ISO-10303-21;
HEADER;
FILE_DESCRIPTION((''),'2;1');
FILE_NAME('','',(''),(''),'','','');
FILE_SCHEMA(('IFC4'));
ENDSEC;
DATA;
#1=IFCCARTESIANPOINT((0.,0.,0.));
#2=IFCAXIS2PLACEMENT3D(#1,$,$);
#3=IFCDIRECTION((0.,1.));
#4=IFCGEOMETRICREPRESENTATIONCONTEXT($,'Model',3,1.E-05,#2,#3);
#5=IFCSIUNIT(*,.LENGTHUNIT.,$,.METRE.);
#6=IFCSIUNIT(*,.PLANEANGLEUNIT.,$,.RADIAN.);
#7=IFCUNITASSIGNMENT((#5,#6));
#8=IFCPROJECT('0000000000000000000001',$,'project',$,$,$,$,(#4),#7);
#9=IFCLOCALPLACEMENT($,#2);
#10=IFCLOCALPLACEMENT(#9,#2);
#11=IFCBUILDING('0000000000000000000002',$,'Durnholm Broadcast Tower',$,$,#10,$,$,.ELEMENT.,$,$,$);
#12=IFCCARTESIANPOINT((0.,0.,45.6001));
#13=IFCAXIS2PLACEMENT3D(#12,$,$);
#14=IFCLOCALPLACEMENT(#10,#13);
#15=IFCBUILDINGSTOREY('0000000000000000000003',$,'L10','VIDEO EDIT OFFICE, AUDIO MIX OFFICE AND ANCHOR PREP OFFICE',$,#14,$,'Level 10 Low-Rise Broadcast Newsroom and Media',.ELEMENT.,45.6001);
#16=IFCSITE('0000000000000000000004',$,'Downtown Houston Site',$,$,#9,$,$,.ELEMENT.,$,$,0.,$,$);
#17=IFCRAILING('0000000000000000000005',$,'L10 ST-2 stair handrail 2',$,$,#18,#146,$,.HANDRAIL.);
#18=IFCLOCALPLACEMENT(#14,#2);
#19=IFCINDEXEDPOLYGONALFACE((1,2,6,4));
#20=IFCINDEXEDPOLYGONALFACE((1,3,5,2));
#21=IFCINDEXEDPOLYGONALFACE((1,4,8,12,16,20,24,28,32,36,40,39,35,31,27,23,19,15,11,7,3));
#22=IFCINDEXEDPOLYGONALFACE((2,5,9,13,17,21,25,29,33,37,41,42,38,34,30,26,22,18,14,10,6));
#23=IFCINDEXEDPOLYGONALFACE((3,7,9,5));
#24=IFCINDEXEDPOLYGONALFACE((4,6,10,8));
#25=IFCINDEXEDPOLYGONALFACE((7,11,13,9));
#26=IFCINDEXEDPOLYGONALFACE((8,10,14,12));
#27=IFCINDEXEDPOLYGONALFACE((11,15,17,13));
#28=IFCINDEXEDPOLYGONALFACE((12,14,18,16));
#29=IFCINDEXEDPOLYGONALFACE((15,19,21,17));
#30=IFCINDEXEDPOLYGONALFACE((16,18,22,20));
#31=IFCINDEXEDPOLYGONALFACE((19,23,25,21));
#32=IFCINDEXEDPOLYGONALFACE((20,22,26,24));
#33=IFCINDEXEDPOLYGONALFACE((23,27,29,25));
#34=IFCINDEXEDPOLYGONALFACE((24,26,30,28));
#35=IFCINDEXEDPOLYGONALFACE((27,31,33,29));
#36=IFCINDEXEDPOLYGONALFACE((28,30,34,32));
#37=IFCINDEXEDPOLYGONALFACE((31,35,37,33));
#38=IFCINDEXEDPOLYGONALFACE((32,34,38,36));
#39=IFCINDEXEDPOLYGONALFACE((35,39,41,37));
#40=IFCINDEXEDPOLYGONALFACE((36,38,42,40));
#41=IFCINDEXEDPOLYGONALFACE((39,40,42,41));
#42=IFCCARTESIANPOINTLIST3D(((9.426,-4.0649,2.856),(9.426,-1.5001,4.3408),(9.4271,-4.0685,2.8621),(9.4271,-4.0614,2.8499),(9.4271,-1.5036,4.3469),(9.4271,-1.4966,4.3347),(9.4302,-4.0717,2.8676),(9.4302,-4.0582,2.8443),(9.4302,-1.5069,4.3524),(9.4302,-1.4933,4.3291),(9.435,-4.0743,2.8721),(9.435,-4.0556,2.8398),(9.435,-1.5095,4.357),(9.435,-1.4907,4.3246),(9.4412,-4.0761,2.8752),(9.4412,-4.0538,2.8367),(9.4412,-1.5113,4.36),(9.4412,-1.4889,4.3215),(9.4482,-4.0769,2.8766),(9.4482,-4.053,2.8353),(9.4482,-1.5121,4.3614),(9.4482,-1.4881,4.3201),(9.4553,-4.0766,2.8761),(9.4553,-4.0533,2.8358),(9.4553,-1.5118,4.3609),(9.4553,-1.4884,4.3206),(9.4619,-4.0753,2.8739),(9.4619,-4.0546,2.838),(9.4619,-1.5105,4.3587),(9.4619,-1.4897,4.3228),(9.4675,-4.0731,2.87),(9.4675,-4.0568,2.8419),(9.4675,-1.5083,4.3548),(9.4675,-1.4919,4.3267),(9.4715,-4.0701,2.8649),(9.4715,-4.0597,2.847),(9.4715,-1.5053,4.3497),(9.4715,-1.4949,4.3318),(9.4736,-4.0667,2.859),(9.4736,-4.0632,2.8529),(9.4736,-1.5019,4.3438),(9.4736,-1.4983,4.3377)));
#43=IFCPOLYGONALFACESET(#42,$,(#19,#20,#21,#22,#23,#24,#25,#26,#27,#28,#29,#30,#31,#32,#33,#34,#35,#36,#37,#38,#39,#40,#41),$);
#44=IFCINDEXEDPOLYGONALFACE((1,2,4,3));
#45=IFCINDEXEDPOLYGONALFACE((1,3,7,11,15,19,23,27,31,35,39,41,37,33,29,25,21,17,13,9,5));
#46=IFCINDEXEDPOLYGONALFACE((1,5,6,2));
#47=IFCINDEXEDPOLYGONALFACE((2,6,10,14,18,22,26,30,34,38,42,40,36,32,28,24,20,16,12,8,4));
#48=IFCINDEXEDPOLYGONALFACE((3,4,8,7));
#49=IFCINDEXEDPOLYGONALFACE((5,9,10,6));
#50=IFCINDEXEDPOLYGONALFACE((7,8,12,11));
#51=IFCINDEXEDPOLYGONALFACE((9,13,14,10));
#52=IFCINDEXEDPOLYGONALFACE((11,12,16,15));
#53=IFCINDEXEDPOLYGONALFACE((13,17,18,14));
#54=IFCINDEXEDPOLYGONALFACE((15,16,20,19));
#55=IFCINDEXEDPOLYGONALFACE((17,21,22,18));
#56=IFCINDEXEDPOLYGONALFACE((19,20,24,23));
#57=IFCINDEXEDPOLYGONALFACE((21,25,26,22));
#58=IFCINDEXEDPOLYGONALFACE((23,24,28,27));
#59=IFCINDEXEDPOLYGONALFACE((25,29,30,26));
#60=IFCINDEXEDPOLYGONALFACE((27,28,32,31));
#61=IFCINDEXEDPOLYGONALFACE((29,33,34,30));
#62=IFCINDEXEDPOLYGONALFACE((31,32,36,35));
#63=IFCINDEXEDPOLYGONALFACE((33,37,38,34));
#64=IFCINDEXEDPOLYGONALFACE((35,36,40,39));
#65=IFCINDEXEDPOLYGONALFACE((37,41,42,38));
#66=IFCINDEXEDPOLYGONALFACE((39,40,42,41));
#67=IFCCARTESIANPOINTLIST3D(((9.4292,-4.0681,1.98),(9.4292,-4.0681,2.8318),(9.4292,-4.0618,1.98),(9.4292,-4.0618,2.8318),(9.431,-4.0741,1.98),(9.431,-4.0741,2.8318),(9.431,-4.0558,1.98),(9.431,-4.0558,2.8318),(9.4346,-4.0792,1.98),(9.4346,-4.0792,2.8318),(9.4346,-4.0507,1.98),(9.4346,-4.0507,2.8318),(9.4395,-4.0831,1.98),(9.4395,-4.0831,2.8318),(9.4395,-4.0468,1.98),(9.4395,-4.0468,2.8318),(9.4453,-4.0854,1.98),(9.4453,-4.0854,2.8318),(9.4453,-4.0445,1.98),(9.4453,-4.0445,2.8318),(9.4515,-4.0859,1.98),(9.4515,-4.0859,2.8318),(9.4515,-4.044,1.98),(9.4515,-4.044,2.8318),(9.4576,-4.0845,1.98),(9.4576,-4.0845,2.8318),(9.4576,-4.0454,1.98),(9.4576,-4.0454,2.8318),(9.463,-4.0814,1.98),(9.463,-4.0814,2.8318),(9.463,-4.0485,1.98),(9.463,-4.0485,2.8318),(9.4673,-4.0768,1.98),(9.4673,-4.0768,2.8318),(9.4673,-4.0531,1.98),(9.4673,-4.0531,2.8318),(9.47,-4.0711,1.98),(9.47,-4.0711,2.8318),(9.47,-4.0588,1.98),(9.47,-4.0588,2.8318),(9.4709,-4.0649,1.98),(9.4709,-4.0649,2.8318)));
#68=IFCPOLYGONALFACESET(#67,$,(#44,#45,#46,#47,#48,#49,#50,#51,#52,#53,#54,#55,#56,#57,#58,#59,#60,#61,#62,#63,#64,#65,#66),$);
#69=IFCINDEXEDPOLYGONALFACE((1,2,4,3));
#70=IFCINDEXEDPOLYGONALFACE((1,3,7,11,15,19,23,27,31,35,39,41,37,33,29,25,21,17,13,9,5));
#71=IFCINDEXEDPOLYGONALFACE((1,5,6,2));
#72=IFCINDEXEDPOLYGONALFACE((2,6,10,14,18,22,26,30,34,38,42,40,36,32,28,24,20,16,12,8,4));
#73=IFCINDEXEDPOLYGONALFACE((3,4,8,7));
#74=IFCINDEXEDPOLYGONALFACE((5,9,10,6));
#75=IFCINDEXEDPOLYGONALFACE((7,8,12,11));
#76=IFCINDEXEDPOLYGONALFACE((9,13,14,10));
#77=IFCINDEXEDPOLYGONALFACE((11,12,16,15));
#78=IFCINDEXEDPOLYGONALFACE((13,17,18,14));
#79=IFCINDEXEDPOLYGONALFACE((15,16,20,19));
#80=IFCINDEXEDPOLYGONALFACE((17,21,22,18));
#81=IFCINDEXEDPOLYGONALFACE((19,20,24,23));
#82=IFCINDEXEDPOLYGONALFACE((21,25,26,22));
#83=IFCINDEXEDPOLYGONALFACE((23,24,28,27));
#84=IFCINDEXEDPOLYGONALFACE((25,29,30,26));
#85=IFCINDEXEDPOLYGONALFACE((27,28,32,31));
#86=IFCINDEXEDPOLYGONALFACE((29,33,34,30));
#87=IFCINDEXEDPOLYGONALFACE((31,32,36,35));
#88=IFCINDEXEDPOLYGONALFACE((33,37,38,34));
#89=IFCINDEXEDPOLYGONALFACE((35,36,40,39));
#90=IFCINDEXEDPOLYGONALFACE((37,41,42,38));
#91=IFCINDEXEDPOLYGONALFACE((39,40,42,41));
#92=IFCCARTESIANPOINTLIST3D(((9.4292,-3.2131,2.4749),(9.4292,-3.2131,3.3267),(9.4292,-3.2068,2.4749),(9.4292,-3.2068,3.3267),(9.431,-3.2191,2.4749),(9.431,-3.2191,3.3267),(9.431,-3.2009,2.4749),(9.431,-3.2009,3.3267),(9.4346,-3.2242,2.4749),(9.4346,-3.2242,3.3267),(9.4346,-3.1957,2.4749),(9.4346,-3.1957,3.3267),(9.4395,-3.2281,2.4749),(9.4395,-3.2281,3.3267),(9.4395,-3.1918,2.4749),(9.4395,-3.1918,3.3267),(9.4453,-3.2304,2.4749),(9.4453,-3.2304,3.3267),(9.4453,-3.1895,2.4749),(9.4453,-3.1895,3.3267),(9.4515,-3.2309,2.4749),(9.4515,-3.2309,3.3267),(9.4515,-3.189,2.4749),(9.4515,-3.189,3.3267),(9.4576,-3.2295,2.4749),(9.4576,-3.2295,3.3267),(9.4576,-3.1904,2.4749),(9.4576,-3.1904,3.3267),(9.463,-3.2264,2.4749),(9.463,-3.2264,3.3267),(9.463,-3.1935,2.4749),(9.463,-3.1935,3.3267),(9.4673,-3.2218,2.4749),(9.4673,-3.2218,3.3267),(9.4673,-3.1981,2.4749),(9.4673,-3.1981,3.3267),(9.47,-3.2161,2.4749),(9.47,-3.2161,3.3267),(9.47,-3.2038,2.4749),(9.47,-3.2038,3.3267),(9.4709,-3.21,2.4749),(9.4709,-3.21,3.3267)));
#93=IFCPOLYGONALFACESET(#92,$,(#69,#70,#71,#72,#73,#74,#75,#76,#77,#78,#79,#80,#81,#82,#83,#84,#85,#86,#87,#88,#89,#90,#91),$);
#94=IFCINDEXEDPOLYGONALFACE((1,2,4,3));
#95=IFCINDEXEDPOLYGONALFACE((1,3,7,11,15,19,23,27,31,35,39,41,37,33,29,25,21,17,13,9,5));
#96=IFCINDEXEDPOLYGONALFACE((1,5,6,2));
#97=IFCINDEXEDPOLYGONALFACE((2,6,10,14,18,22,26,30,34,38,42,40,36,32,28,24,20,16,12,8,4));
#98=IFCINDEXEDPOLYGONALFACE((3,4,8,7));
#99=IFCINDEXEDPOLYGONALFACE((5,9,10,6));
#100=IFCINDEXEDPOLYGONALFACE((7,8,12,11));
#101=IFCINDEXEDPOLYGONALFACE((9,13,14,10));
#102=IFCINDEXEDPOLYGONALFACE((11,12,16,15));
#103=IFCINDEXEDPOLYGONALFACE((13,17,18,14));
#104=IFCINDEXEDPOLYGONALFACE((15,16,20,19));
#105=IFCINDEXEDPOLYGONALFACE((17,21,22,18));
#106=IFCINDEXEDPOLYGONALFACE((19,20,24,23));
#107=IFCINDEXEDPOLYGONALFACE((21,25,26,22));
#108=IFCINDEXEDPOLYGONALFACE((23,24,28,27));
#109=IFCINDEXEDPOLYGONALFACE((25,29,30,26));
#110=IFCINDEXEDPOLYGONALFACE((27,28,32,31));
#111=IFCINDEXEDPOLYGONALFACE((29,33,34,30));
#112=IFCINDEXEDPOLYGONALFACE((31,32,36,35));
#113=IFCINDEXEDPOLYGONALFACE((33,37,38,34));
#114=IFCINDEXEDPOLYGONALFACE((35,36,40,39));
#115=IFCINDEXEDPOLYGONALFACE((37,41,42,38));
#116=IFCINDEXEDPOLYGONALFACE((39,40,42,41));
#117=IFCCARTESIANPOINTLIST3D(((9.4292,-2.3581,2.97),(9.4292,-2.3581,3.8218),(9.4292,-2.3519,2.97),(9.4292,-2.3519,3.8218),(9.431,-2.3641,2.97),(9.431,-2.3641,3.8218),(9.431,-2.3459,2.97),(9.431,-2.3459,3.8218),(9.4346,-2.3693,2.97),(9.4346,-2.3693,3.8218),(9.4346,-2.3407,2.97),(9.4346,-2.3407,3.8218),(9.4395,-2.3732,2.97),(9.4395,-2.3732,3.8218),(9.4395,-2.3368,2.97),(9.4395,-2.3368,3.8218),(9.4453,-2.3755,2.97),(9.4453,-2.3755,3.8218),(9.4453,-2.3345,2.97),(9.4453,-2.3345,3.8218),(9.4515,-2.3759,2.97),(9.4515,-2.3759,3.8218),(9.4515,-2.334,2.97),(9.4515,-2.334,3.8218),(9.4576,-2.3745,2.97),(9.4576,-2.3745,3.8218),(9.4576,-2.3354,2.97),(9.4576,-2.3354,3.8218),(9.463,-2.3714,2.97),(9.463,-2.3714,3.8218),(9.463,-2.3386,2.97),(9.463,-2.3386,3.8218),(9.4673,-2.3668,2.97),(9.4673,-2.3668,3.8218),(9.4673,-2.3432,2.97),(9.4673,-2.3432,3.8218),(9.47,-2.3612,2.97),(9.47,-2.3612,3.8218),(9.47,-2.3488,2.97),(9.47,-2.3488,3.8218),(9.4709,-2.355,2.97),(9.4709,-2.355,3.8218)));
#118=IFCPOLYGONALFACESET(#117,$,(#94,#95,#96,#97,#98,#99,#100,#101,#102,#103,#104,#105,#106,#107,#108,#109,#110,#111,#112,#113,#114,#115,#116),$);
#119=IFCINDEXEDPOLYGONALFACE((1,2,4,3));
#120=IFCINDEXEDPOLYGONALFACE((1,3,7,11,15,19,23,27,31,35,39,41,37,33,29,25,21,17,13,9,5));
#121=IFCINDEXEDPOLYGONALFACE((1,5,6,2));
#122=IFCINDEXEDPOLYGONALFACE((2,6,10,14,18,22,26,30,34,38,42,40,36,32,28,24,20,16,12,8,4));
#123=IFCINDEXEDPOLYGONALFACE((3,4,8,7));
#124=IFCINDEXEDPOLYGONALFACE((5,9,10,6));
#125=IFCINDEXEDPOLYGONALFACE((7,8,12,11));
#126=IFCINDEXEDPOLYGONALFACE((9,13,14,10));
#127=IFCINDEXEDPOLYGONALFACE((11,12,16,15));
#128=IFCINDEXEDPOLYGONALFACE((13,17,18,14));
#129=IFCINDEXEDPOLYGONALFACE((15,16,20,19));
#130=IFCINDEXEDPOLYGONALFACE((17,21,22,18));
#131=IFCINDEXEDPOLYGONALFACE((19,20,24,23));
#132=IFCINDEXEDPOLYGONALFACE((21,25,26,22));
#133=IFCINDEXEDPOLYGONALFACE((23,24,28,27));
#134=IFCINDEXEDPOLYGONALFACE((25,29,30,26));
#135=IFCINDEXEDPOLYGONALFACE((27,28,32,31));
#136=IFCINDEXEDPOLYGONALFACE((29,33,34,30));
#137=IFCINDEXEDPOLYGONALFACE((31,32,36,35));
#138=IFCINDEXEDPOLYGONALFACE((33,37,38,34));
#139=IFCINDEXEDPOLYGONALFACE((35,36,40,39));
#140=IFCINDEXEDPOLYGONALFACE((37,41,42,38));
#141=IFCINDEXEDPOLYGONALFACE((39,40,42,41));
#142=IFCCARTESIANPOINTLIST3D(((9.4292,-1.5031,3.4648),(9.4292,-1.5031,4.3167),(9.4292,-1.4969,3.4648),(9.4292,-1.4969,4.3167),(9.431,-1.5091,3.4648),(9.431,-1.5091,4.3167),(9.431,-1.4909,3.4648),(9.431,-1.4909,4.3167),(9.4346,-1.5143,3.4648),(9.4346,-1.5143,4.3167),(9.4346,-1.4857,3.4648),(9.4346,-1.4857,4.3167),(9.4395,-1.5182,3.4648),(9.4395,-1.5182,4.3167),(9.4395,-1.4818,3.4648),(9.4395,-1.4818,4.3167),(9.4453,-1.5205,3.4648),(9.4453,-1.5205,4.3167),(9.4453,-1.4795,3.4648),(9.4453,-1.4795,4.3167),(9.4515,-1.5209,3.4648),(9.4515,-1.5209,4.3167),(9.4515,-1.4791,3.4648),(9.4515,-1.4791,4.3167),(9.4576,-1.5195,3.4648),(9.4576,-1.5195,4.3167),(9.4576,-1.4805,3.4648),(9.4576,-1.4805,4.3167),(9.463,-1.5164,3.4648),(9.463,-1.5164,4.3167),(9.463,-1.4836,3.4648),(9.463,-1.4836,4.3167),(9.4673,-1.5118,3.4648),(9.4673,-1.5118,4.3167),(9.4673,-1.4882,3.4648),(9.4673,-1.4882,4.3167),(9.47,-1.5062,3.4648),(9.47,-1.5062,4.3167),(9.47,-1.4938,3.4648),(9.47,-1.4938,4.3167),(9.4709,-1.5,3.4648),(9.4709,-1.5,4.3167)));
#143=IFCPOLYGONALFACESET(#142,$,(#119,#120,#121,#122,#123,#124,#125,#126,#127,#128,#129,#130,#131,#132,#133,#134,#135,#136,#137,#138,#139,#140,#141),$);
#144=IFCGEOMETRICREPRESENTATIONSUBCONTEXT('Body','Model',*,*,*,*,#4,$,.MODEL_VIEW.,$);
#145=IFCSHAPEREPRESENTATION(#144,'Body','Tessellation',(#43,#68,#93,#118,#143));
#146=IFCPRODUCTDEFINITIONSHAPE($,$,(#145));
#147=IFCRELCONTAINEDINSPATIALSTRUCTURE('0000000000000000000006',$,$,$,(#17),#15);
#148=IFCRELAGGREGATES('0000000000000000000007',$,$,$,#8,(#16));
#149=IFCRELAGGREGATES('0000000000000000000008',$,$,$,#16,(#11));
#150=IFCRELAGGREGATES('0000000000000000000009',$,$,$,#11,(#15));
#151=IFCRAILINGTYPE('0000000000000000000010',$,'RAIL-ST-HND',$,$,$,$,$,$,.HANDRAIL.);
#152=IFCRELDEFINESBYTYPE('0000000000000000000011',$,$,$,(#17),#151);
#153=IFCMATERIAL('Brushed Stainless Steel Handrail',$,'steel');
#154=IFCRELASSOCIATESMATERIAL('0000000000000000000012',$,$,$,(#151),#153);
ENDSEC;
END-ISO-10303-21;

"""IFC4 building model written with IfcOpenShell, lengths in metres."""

from ifc_helpers import new_model, si_unit, direction, frame, origin, origin_2d, place, context, subcontext, project, spatial, circle, extrude, material, type_object, element, save


model = new_model("IFC4")

# Units and contexts
model_context = context("Model", 3, precision=1e-05, world=origin(), true_north=direction((0.0, 1.0)))
body_context = subcontext(model_context, "Body", "Model", "MODEL_VIEW")
ifc_project = project(units=[si_unit("LENGTHUNIT", "METRE"), si_unit("PLANEANGLEUNIT", "RADIAN")], contexts=[model_context])

# Site, building, storey
site_placement = place(None, origin())
site = spatial("IfcSite", under=ifc_project, at=site_placement, Name="Downtown Houston Site", CompositionType="ELEMENT", RefElevation=0.0)
building_placement = place(site_placement, origin())
building = spatial("IfcBuilding", under=site, at=building_placement, Name="Durnholm Broadcast Tower", CompositionType="ELEMENT")
storey_placement = place(building_placement, frame((0.0, 0.0, 45.6001)))
storey = spatial("IfcBuildingStorey", under=building, at=storey_placement, Name="L10", Description="VIDEO EDIT OFFICE, AUDIO MIX OFFICE AND ANCHOR PREP OFFICE", LongName="Level 10 Low-Rise Broadcast Newsroom and Media", CompositionType="ELEMENT", Elevation=45.6001)

# Railing
ifc_material_1 = material(Name="Brushed Stainless Steel Handrail", Category="steel")
railing_type_1 = type_object("IfcRailingType", Name="RAIL-ST-HND", PredefinedType="HANDRAIL", material=ifc_material_1)
railing_1_placement = place(storey_placement, frame((9.45, -4.0649, 1.98)))
element("IfcRailing", 1, at=railing_1_placement, inside=storey, type_object=railing_type_1, Name="L10 ST-2 stair handrail 2", PredefinedType="HANDRAIL", context=body_context, shape_type="SweptSolid", body=[
    extrude(circle(Radius=0.0239, at=origin_2d()), frame((0.0, 0.0, 0.876), z_axis=(0.0, 0.865441, 0.50101), x_axis=(-1.0, 0.0, 0.0)), (0.0, 0.0, 1.0), 2.9636),
    extrude(circle(Radius=0.021, at=origin_2d()), origin(), (0.0, 0.0, 1.0), 0.8518),
    extrude(circle(Radius=0.021, at=origin_2d()), frame((0.0, 0.855, 0.4949)), (0.0, 0.0, 1.0), 0.8518),
    extrude(circle(Radius=0.021, at=origin_2d()), frame((0.0, 1.71, 0.99)), (0.0, 0.0, 1.0), 0.8518),
    extrude(circle(Radius=0.021, at=origin_2d()), frame((0.0, 2.5649, 1.4849)), (0.0, 0.0, 1.0), 0.8518),
])

save(model, "model.ifc")
